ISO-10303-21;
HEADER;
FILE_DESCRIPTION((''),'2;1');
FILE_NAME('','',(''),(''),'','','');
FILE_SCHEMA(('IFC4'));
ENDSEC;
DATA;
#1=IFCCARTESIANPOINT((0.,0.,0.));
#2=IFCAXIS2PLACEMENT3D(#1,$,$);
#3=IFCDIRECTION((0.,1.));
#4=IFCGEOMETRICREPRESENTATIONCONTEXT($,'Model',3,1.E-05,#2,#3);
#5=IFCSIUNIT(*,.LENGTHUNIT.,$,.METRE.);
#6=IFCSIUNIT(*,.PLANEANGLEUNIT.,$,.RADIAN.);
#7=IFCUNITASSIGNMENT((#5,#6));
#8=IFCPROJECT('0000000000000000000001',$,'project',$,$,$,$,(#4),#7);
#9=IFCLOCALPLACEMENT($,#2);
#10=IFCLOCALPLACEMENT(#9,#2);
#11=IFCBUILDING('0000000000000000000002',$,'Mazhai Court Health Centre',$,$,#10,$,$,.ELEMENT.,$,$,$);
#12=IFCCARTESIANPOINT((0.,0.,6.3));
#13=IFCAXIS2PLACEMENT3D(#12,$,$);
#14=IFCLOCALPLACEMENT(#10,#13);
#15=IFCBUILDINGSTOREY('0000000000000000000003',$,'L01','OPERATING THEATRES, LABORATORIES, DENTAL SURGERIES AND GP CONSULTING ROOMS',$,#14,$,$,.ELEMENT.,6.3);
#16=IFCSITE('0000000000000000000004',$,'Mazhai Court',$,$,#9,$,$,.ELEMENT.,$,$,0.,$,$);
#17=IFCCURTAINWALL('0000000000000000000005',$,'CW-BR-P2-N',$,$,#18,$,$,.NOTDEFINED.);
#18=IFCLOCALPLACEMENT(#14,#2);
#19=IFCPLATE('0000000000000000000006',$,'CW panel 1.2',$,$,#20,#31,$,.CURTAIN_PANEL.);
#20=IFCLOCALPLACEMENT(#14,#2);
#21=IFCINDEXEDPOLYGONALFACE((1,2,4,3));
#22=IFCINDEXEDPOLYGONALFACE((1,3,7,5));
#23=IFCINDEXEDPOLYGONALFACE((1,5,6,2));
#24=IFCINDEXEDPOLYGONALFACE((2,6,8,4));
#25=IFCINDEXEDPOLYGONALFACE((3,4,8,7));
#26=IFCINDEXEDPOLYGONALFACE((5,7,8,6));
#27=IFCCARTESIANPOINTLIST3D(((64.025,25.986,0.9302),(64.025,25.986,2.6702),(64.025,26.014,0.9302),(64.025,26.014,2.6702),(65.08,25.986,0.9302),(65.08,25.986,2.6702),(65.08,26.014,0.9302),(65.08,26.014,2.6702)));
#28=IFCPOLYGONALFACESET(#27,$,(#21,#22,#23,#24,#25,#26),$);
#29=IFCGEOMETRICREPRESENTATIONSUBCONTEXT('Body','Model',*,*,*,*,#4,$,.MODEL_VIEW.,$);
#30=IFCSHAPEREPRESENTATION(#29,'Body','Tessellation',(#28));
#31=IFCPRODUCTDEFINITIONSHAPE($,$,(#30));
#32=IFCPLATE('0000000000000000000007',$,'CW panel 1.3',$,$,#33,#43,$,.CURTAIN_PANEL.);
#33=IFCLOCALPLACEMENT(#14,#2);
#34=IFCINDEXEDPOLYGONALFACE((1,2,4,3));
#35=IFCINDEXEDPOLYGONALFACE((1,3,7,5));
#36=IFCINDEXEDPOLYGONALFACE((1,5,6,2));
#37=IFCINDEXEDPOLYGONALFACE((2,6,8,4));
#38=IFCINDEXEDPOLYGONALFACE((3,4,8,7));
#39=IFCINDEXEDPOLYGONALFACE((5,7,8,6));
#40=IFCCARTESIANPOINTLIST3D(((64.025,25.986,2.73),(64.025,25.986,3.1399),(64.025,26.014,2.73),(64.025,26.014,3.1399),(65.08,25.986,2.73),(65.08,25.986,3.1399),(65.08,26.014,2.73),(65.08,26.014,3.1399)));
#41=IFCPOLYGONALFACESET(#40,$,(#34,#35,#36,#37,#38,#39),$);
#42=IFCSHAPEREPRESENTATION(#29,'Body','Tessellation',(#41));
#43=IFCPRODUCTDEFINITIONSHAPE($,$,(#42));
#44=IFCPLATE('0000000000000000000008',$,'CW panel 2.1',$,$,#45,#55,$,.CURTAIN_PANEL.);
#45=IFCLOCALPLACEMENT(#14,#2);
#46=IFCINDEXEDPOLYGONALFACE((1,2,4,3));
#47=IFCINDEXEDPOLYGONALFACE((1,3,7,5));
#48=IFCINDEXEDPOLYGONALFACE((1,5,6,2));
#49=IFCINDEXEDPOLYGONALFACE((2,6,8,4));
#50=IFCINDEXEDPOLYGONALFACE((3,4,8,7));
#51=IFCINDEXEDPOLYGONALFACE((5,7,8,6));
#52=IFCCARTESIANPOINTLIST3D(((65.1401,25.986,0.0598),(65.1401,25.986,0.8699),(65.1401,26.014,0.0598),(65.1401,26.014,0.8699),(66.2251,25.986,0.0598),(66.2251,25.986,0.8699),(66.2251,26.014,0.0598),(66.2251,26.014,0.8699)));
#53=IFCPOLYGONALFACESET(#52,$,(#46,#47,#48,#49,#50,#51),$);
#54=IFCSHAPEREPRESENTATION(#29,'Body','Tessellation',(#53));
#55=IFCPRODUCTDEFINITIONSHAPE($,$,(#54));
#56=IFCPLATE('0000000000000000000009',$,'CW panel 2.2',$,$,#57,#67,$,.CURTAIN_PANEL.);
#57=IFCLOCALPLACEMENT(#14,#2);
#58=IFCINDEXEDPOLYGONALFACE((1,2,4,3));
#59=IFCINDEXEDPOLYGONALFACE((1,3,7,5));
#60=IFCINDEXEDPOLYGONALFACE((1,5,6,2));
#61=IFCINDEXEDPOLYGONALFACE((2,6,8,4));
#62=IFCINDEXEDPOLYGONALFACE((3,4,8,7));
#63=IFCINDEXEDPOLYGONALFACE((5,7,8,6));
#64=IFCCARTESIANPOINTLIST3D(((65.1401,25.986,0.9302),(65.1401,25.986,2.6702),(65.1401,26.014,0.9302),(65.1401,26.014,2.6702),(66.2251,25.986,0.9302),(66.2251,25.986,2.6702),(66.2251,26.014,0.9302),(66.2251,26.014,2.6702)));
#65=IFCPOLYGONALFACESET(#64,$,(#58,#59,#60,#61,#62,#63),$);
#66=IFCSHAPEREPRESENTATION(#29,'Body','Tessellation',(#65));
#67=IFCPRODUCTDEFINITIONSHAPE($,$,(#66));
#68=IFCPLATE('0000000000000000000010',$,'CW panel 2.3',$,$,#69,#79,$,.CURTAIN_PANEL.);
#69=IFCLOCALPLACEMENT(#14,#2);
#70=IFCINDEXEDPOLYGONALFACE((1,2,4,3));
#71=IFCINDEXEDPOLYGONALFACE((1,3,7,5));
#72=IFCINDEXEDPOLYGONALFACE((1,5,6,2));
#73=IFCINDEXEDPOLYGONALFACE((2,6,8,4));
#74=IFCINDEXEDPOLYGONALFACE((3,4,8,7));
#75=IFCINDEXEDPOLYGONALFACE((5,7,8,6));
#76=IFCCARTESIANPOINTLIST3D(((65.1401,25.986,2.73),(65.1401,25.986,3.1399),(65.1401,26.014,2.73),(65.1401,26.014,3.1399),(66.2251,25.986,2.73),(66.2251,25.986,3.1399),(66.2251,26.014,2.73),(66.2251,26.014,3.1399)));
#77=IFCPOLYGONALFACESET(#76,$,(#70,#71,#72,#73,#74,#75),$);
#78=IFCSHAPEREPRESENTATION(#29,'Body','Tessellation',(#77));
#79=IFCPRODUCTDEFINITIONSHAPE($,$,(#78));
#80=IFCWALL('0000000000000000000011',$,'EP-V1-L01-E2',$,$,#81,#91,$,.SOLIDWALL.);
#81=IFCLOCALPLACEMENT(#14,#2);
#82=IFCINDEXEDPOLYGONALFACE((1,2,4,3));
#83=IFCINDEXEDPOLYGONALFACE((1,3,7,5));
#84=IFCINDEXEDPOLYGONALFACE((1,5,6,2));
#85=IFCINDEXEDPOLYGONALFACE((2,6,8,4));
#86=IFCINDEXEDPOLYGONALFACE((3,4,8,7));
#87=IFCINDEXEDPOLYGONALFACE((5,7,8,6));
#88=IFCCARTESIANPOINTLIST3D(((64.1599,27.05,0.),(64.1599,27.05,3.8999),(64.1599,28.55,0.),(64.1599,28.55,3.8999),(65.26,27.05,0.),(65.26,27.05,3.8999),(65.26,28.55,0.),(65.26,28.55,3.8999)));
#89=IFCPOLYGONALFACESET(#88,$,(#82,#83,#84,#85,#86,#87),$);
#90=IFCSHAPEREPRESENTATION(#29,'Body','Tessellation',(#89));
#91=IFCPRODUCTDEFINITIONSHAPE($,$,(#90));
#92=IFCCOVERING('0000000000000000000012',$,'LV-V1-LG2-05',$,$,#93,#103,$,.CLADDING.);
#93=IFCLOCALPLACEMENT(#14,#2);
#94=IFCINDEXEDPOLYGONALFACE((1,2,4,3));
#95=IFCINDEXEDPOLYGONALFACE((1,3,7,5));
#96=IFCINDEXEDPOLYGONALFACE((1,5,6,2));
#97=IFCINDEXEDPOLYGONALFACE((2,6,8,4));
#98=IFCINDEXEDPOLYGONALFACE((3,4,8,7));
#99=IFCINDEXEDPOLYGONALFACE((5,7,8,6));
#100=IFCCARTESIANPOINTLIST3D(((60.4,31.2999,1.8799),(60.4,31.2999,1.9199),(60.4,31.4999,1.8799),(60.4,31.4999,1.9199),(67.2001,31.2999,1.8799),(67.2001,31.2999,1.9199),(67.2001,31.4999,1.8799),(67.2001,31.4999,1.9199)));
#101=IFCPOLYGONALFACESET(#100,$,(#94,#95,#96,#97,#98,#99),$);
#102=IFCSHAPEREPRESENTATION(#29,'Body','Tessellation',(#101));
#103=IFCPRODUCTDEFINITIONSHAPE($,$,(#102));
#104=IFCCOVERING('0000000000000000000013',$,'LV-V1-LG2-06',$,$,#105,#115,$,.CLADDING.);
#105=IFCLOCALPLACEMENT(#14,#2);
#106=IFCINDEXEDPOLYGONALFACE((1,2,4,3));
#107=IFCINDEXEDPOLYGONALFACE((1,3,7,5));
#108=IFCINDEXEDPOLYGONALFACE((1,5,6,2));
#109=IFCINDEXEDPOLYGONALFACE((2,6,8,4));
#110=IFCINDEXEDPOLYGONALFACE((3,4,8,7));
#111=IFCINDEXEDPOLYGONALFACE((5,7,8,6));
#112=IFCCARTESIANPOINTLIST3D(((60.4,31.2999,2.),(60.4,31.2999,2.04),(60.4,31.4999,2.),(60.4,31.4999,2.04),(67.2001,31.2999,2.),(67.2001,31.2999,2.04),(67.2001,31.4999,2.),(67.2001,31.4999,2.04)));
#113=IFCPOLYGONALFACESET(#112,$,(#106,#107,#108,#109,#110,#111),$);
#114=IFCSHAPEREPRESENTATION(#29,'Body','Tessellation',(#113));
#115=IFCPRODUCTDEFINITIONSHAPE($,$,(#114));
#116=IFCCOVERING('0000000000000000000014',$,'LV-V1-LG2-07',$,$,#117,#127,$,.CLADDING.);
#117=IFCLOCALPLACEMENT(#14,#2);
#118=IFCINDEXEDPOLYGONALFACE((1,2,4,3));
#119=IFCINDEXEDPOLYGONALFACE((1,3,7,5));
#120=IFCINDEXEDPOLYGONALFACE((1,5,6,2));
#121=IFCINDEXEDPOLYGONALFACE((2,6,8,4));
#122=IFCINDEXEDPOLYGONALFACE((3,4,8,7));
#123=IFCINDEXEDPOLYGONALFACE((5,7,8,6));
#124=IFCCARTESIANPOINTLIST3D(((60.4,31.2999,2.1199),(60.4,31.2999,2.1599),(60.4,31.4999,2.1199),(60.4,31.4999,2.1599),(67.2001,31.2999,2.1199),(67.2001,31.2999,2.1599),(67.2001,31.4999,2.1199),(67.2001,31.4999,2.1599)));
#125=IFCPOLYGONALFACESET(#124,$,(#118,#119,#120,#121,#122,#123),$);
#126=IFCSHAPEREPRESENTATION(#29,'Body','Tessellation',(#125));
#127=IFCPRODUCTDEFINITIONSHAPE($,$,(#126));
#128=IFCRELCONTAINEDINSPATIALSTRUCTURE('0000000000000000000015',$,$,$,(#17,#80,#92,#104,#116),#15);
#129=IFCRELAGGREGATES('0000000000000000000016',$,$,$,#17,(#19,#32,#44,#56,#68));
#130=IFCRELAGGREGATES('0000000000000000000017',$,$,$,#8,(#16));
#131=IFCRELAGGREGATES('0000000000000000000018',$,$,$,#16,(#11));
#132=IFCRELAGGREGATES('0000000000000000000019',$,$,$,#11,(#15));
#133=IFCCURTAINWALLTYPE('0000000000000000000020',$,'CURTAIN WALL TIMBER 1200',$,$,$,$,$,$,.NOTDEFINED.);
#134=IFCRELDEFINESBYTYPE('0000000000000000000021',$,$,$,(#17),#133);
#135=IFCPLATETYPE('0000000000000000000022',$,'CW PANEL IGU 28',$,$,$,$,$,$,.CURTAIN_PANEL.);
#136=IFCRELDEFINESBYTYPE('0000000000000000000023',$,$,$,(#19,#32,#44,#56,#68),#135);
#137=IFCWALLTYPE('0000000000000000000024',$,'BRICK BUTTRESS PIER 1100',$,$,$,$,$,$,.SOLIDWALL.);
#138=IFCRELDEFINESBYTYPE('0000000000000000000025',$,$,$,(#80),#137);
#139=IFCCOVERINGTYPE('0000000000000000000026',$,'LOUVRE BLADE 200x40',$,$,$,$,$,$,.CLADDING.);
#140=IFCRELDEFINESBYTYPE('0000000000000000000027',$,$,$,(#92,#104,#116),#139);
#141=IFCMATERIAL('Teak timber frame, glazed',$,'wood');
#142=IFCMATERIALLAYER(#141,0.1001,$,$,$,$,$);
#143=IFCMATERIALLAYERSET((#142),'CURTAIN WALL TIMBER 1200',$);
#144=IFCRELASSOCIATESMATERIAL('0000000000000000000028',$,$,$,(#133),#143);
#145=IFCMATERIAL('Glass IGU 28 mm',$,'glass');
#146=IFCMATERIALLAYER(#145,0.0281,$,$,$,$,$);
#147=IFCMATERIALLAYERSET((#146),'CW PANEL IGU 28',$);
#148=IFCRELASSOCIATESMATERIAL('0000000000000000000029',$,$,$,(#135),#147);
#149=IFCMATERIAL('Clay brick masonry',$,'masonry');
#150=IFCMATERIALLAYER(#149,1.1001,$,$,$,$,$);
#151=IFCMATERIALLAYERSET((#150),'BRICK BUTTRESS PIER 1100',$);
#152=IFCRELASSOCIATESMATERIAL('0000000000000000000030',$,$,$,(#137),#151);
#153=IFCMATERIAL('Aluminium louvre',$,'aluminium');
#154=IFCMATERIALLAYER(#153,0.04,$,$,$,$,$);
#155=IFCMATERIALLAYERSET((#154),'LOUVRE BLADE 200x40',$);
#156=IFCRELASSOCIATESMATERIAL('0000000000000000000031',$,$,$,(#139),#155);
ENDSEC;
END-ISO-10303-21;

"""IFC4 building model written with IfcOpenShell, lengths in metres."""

from ifc_helpers import new_model, si_unit, direction, frame, frame_2d, origin, origin_2d, place, context, subcontext, project, spatial, rectangle, extrude, material, layer, layer_set, type_object, element, aggregate, save


model = new_model("IFC4")

# Units and contexts
model_context = context("Model", 3, precision=1e-05, world=origin(), true_north=direction((0.0, 1.0)))
body_context = subcontext(model_context, "Body", "Model", "MODEL_VIEW")
ifc_project = project(units=[si_unit("LENGTHUNIT", "METRE"), si_unit("PLANEANGLEUNIT", "RADIAN")], contexts=[model_context])

# Site, building, storey
site_placement = place(None, origin())
site = spatial("IfcSite", under=ifc_project, at=site_placement, Name="Mazhai Court", CompositionType="ELEMENT", RefElevation=0.0)
building_placement = place(site_placement, origin())
building = spatial("IfcBuilding", under=site, at=building_placement, Name="Mazhai Court Health Centre", CompositionType="ELEMENT")
storey_placement = place(building_placement, frame((0.0, 0.0, 6.3)))
storey = spatial("IfcBuildingStorey", under=building, at=storey_placement, Name="L01", Description="OPERATING THEATRES, LABORATORIES, DENTAL SURGERIES AND GP CONSULTING ROOMS", CompositionType="ELEMENT", Elevation=6.3)

# Curtain wall, plates
ifc_material_1 = material(Name="Teak timber frame, glazed", Category="wood")
ifc_layer_1 = layer(ifc_material_1, 0.1001)
ifc_layer_set_1 = layer_set([ifc_layer_1], Name="CURTAIN WALL TIMBER 1200")
curtain_wall_type = type_object("IfcCurtainWallType", Name="CURTAIN WALL TIMBER 1200", PredefinedType="NOTDEFINED", material=ifc_layer_set_1)
curtain_wall_placement = place(storey_placement, origin())
curtain_wall = element("IfcCurtainWall", 1, at=curtain_wall_placement, inside=storey, type_object=curtain_wall_type, Name="CW-BR-P2-N", PredefinedType="NOTDEFINED")
ifc_material_2 = material(Name="Glass IGU 28 mm", Category="glass")
ifc_layer_2 = layer(ifc_material_2, 0.0281)
ifc_layer_set_2 = layer_set([ifc_layer_2], Name="CW PANEL IGU 28")
plate_type = type_object("IfcPlateType", Name="CW PANEL IGU 28", PredefinedType="CURTAIN_PANEL", material=ifc_layer_set_2)
plate_1_placement = place(storey_placement, frame((64.5525, 26.0, 0.9302), z_axis=(0.0, 0.0, 1.0), x_axis=(1.0, 0.0, 0.0)))
plate_1 = element("IfcPlate", 2, at=plate_1_placement, type_object=plate_type, Name="CW panel 1.2", PredefinedType="CURTAIN_PANEL", context=body_context, shape_type="SweptSolid", body=[
    extrude(rectangle(XDim=1.0549, YDim=0.0281, at=origin_2d()), origin(), (0.0, 0.0, 1.0), 1.74),
])
plate_2_placement = place(storey_placement, frame((64.5525, 26.0, 2.73), z_axis=(0.0, 0.0, 1.0), x_axis=(1.0, 0.0, 0.0)))
plate_2 = element("IfcPlate", 3, at=plate_2_placement, type_object=plate_type, Name="CW panel 1.3", PredefinedType="CURTAIN_PANEL", context=body_context, shape_type="SweptSolid", body=[
    extrude(rectangle(XDim=1.0549, YDim=0.0281, at=origin_2d()), origin(), (0.0, 0.0, 1.0), 0.4099),
])
plate_3_placement = place(storey_placement, frame((65.6826, 26.0, 0.0598), z_axis=(0.0, 0.0, 1.0), x_axis=(1.0, 0.0, 0.0)))
plate_3 = element("IfcPlate", 4, at=plate_3_placement, type_object=plate_type, Name="CW panel 2.1", PredefinedType="CURTAIN_PANEL", context=body_context, shape_type="SweptSolid", body=[
    extrude(rectangle(XDim=1.085, YDim=0.0281, at=origin_2d()), origin(), (0.0, 0.0, 1.0), 0.8101),
])
plate_4_placement = place(storey_placement, frame((65.6826, 26.0, 0.9302), z_axis=(0.0, 0.0, 1.0), x_axis=(1.0, 0.0, 0.0)))
plate_4 = element("IfcPlate", 5, at=plate_4_placement, type_object=plate_type, Name="CW panel 2.2", PredefinedType="CURTAIN_PANEL", context=body_context, shape_type="SweptSolid", body=[
    extrude(rectangle(XDim=1.085, YDim=0.0281, at=origin_2d()), origin(), (0.0, 0.0, 1.0), 1.74),
])
plate_5_placement = place(storey_placement, frame((65.6826, 26.0, 2.73), z_axis=(0.0, 0.0, 1.0), x_axis=(1.0, 0.0, 0.0)))
plate_5 = element("IfcPlate", 6, at=plate_5_placement, type_object=plate_type, Name="CW panel 2.3", PredefinedType="CURTAIN_PANEL", context=body_context, shape_type="SweptSolid", body=[
    extrude(rectangle(XDim=1.085, YDim=0.0281, at=origin_2d()), origin(), (0.0, 0.0, 1.0), 0.4099),
])
aggregate(curtain_wall, [plate_1, plate_2, plate_3, plate_4, plate_5])

# Wall
ifc_material_3 = material(Name="Clay brick masonry", Category="masonry")
ifc_layer_3 = layer(ifc_material_3, 1.1001)
ifc_layer_set_3 = layer_set([ifc_layer_3], Name="BRICK BUTTRESS PIER 1100")
wall_type = type_object("IfcWallType", Name="BRICK BUTTRESS PIER 1100", PredefinedType="SOLIDWALL", material=ifc_layer_set_3)
wall_placement = place(storey_placement, frame((64.71, 28.55, 0.0), z_axis=(0.0, 0.0, 1.0), x_axis=(0.0, -1.0, 0.0)))
element("IfcWall", 7, at=wall_placement, inside=storey, type_object=wall_type, Name="EP-V1-L01-E2", PredefinedType="SOLIDWALL", context=body_context, shape_type="SweptSolid", body=[
    extrude(rectangle(XDim=1.5, YDim=1.1001, at=frame_2d((0.75, 0.0))), origin(), (0.0, 0.0, 1.0), 3.8999),
])

# Coverings
ifc_material_4 = material(Name="Aluminium louvre", Category="aluminium")
ifc_layer_4 = layer(ifc_material_4, 0.04)
ifc_layer_set_4 = layer_set([ifc_layer_4], Name="LOUVRE BLADE 200x40")
covering_type = type_object("IfcCoveringType", Name="LOUVRE BLADE 200x40", PredefinedType="CLADDING", material=ifc_layer_set_4)
for number, where, z_axis, x_axis, name in (
    (8, (63.8, 31.3999, 1.8799), (0.0, 0.0, 1.0), (0.0, 1.0, 0.0), "LV-V1-LG2-05"),
    (9, (63.8, 31.3999, 2.0), (0.0, 0.0, 1.0), (0.0, 1.0, 0.0), "LV-V1-LG2-06"),
    (10, (63.8, 31.3999, 2.1199), (0.0, 0.0, 1.0), (0.0, 1.0, 0.0), "LV-V1-LG2-07"),
):
    element("IfcCovering", number, at=place(storey_placement, frame(where, z_axis=z_axis, x_axis=x_axis)), inside=storey, type_object=covering_type, Name=name, PredefinedType="CLADDING", context=body_context, shape_type="SweptSolid", body=[
        extrude(rectangle(XDim=0.2, YDim=6.8, at=origin_2d()), origin(), (0.0, 0.0, 1.0), 0.04),
    ])

save(model, "model.ifc")
